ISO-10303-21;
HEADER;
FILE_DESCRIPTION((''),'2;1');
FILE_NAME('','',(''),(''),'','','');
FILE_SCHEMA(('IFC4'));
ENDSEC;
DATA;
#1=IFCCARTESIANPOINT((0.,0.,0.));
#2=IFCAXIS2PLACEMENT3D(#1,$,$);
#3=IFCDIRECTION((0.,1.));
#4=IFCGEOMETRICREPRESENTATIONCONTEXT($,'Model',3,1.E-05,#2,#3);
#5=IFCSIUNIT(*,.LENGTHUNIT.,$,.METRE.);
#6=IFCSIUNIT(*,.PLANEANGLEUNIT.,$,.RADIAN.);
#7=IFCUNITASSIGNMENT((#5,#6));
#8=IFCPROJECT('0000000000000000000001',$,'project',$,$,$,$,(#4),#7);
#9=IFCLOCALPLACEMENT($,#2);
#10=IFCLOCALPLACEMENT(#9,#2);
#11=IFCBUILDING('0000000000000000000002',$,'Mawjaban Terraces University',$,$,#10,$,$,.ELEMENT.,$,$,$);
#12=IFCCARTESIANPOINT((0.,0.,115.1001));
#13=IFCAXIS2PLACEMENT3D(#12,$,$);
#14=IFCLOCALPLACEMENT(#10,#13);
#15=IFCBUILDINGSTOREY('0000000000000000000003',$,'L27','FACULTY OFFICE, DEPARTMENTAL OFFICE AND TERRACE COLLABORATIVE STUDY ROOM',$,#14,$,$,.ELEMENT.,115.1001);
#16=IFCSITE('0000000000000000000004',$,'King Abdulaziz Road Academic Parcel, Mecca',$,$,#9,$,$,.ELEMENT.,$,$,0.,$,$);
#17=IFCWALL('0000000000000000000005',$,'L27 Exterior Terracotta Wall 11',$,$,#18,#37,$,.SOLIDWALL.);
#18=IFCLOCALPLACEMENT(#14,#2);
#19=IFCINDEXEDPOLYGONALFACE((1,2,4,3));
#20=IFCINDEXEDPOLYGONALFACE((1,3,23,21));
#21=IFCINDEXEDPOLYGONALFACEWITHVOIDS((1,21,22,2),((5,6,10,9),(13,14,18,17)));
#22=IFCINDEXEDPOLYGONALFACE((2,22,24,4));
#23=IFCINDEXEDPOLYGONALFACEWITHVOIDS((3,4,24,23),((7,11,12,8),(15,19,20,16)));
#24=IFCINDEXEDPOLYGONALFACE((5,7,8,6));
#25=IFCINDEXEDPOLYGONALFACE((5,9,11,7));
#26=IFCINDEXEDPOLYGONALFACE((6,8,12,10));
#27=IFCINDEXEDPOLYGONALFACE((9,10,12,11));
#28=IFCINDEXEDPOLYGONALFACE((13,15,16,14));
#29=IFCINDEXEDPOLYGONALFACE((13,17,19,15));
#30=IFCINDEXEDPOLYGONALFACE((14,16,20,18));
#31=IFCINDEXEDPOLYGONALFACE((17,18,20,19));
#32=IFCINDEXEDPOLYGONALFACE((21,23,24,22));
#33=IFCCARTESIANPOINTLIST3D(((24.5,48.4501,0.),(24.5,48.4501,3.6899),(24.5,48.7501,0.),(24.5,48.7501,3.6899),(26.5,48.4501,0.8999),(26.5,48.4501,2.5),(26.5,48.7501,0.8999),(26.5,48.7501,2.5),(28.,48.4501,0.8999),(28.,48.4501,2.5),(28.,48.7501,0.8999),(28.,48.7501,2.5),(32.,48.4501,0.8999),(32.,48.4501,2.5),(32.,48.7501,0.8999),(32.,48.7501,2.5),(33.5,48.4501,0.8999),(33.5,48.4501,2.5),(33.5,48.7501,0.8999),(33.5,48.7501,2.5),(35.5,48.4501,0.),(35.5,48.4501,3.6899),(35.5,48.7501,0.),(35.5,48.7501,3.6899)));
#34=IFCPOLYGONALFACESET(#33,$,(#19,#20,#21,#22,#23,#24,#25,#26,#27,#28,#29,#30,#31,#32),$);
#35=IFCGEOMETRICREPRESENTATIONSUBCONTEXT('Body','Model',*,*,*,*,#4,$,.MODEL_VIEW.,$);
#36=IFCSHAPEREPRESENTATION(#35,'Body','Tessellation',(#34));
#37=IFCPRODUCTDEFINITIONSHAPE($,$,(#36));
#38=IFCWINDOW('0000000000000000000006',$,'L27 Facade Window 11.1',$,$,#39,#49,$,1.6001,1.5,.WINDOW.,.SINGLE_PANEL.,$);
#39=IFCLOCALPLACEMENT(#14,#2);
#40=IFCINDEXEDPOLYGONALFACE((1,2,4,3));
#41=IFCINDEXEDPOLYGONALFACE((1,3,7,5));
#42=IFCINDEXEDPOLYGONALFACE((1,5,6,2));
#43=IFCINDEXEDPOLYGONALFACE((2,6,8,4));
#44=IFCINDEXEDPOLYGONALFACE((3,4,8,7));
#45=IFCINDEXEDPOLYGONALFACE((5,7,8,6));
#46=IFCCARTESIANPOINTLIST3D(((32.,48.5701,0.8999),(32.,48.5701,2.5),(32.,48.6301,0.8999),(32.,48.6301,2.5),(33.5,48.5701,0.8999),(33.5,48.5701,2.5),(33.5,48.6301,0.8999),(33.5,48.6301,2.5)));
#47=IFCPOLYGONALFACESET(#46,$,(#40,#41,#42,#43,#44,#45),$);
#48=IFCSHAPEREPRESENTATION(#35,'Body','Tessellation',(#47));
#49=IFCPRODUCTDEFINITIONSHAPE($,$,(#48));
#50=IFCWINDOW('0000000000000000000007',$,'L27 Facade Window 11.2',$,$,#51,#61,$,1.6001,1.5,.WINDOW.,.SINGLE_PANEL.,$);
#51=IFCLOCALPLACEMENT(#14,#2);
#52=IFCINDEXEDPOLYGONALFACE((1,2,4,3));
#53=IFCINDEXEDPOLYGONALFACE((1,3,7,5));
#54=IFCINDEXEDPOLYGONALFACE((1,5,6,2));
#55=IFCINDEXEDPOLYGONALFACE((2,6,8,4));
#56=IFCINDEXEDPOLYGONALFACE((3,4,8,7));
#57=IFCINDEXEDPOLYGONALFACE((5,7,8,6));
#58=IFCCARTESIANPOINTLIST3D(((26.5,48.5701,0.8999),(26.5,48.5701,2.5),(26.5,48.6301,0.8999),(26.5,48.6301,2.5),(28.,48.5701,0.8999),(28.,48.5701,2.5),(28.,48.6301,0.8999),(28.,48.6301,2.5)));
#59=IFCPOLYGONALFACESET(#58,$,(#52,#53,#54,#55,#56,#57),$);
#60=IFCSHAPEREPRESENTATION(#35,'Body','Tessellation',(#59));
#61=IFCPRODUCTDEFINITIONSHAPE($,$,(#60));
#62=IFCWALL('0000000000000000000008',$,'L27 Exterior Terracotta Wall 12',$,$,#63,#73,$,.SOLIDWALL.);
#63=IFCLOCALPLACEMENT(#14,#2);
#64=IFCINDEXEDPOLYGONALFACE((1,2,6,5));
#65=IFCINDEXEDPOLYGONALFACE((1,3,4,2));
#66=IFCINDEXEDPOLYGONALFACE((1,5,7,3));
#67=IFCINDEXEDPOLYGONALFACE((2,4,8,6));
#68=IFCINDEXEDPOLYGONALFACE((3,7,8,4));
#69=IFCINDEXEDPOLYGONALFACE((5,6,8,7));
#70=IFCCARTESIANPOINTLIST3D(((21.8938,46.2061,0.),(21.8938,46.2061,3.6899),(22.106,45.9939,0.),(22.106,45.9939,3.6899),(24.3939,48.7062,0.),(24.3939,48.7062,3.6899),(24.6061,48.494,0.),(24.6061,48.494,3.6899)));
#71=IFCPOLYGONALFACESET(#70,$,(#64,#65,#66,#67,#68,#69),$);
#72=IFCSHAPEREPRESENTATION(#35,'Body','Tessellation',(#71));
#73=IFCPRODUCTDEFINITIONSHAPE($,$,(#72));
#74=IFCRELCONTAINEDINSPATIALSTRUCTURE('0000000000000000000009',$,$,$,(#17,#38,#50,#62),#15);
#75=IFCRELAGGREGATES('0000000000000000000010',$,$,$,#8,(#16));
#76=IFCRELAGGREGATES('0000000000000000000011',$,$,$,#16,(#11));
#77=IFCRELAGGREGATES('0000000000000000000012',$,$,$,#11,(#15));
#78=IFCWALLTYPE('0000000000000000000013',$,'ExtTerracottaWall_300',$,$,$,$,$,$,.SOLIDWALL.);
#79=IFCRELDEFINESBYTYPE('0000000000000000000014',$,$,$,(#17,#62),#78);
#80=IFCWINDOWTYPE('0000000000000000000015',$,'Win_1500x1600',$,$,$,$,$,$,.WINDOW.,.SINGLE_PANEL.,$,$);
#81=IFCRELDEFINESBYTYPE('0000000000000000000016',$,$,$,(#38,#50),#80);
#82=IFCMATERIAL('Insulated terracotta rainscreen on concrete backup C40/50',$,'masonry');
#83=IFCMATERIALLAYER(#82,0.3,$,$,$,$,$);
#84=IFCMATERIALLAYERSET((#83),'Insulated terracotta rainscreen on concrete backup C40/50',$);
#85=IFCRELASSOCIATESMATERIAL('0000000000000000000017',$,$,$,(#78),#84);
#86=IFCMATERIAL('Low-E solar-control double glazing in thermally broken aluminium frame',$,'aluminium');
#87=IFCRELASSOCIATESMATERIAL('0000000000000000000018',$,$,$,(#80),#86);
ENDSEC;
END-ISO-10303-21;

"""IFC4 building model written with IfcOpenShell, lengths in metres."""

from ifc_helpers import new_model, si_unit, direction, frame, frame_2d, origin, place, context, subcontext, project, spatial, rectangle, extrude, material, layer, layer_set, type_object, element, fill, save


model = new_model("IFC4")

# Units and contexts
model_context = context("Model", 3, precision=1e-05, world=origin(), true_north=direction((0.0, 1.0)))
body_context = subcontext(model_context, "Body", "Model", "MODEL_VIEW")
ifc_project = project(units=[si_unit("LENGTHUNIT", "METRE"), si_unit("PLANEANGLEUNIT", "RADIAN")], contexts=[model_context])

# Site, building, storey
site_placement = place(None, origin())
site = spatial("IfcSite", under=ifc_project, at=site_placement, Name="King Abdulaziz Road Academic Parcel, Mecca", CompositionType="ELEMENT", RefElevation=0.0)
building_placement = place(site_placement, origin())
building = spatial("IfcBuilding", under=site, at=building_placement, Name="Mawjaban Terraces University", CompositionType="ELEMENT")
storey_placement = place(building_placement, frame((0.0, 0.0, 115.1001)))
storey = spatial("IfcBuildingStorey", under=building, at=storey_placement, Name="L27", Description="FACULTY OFFICE, DEPARTMENTAL OFFICE AND TERRACE COLLABORATIVE STUDY ROOM", CompositionType="ELEMENT", Elevation=115.1001)

# Wall, openings, windows
ifc_material_1 = material(Name="Insulated terracotta rainscreen on concrete backup C40/50", Category="masonry")
ifc_layer_1 = layer(ifc_material_1, 0.3)
ifc_layer_set_1 = layer_set([ifc_layer_1], Name="Insulated terracotta rainscreen on concrete backup C40/50")
wall_type_1 = type_object("IfcWallType", Name="ExtTerracottaWall_300", PredefinedType="SOLIDWALL", material=ifc_layer_set_1)
wall_1_placement = place(storey_placement, frame((35.5, 48.6001, 0.0), z_axis=(0.0, 0.0, 1.0), x_axis=(-1.0, 0.0, 0.0)))
wall_1 = element("IfcWall", 1, at=wall_1_placement, inside=storey, type_object=wall_type_1, Name="L27 Exterior Terracotta Wall 11", PredefinedType="SOLIDWALL", context=body_context, shape_type="SweptSolid", body=[
    extrude(rectangle(XDim=11.0, YDim=0.3, at=frame_2d((5.5, 0.0))), origin(), (0.0, 0.0, 1.0), 3.6899),
])
opening_1_placement = place(wall_1_placement, frame((2.0, 0.0, 0.8999)))
opening_1 = element("IfcOpeningElement", 2, at=opening_1_placement, cuts=wall_1, PredefinedType="OPENING", context=body_context, shape_type="SweptSolid", body=[
    extrude(rectangle(XDim=1.5, YDim=1.6001, at=frame_2d((0.75, 0.8))), frame((0.0, 0.1599, 0.0), z_axis=(0.0, -1.0, 0.0), x_axis=(1.0, 0.0, 0.0)), (0.0, 0.0, 1.0), 0.3201),
])
opening_2_placement = place(wall_1_placement, frame((7.5, 0.0, 0.8999)))
opening_2 = element("IfcOpeningElement", 3, at=opening_2_placement, cuts=wall_1, PredefinedType="OPENING", context=body_context, shape_type="SweptSolid", body=[
    extrude(rectangle(XDim=1.5, YDim=1.6001, at=frame_2d((0.75, 0.8))), frame((0.0, 0.1599, 0.0), z_axis=(0.0, -1.0, 0.0), x_axis=(1.0, 0.0, 0.0)), (0.0, 0.0, 1.0), 0.3201),
])
ifc_material_2 = material(Name="Low-E solar-control double glazing in thermally broken aluminium frame", Category="aluminium")
window_type_1 = type_object("IfcWindowType", Name="Win_1500x1600", PartitioningType="SINGLE_PANEL", PredefinedType="WINDOW", material=ifc_material_2)
window_1_placement = place(opening_1_placement, origin())
window_1 = element("IfcWindow", 4, at=window_1_placement, inside=storey, type_object=window_type_1, Name="L27 Facade Window 11.1", OverallHeight=1.6001, OverallWidth=1.5, PartitioningType="SINGLE_PANEL", PredefinedType="WINDOW", context=body_context, shape_type="SweptSolid", body=[
    extrude(rectangle(XDim=1.5, YDim=1.6001, at=frame_2d((0.75, 0.8))), frame((0.0, 0.03, 0.0), z_axis=(0.0, -1.0, 0.0), x_axis=(1.0, 0.0, 0.0)), (0.0, 0.0, 1.0), 0.0601),
])
fill(opening_1, window_1)
window_2_placement = place(opening_2_placement, origin())
window_2 = element("IfcWindow", 5, at=window_2_placement, inside=storey, type_object=window_type_1, Name="L27 Facade Window 11.2", OverallHeight=1.6001, OverallWidth=1.5, PartitioningType="SINGLE_PANEL", PredefinedType="WINDOW", context=body_context, shape_type="SweptSolid", body=[
    extrude(rectangle(XDim=1.5, YDim=1.6001, at=frame_2d((0.75, 0.8))), frame((0.0, 0.03, 0.0), z_axis=(0.0, -1.0, 0.0), x_axis=(1.0, 0.0, 0.0)), (0.0, 0.0, 1.0), 0.0601),
])
fill(opening_2, window_2)

# Wall
wall_2_placement = place(storey_placement, frame((24.5, 48.6001, 0.0), z_axis=(0.0, 0.0, 1.0), x_axis=(-0.707107, -0.707107, 0.0)))
element("IfcWall", 6, at=wall_2_placement, inside=storey, type_object=wall_type_1, Name="L27 Exterior Terracotta Wall 12", PredefinedType="SOLIDWALL", context=body_context, shape_type="SweptSolid", body=[
    extrude(rectangle(XDim=3.5356, YDim=0.3, at=frame_2d((1.7678, 0.0))), origin(), (0.0, 0.0, 1.0), 3.6899),
])

save(model, "model.ifc")
